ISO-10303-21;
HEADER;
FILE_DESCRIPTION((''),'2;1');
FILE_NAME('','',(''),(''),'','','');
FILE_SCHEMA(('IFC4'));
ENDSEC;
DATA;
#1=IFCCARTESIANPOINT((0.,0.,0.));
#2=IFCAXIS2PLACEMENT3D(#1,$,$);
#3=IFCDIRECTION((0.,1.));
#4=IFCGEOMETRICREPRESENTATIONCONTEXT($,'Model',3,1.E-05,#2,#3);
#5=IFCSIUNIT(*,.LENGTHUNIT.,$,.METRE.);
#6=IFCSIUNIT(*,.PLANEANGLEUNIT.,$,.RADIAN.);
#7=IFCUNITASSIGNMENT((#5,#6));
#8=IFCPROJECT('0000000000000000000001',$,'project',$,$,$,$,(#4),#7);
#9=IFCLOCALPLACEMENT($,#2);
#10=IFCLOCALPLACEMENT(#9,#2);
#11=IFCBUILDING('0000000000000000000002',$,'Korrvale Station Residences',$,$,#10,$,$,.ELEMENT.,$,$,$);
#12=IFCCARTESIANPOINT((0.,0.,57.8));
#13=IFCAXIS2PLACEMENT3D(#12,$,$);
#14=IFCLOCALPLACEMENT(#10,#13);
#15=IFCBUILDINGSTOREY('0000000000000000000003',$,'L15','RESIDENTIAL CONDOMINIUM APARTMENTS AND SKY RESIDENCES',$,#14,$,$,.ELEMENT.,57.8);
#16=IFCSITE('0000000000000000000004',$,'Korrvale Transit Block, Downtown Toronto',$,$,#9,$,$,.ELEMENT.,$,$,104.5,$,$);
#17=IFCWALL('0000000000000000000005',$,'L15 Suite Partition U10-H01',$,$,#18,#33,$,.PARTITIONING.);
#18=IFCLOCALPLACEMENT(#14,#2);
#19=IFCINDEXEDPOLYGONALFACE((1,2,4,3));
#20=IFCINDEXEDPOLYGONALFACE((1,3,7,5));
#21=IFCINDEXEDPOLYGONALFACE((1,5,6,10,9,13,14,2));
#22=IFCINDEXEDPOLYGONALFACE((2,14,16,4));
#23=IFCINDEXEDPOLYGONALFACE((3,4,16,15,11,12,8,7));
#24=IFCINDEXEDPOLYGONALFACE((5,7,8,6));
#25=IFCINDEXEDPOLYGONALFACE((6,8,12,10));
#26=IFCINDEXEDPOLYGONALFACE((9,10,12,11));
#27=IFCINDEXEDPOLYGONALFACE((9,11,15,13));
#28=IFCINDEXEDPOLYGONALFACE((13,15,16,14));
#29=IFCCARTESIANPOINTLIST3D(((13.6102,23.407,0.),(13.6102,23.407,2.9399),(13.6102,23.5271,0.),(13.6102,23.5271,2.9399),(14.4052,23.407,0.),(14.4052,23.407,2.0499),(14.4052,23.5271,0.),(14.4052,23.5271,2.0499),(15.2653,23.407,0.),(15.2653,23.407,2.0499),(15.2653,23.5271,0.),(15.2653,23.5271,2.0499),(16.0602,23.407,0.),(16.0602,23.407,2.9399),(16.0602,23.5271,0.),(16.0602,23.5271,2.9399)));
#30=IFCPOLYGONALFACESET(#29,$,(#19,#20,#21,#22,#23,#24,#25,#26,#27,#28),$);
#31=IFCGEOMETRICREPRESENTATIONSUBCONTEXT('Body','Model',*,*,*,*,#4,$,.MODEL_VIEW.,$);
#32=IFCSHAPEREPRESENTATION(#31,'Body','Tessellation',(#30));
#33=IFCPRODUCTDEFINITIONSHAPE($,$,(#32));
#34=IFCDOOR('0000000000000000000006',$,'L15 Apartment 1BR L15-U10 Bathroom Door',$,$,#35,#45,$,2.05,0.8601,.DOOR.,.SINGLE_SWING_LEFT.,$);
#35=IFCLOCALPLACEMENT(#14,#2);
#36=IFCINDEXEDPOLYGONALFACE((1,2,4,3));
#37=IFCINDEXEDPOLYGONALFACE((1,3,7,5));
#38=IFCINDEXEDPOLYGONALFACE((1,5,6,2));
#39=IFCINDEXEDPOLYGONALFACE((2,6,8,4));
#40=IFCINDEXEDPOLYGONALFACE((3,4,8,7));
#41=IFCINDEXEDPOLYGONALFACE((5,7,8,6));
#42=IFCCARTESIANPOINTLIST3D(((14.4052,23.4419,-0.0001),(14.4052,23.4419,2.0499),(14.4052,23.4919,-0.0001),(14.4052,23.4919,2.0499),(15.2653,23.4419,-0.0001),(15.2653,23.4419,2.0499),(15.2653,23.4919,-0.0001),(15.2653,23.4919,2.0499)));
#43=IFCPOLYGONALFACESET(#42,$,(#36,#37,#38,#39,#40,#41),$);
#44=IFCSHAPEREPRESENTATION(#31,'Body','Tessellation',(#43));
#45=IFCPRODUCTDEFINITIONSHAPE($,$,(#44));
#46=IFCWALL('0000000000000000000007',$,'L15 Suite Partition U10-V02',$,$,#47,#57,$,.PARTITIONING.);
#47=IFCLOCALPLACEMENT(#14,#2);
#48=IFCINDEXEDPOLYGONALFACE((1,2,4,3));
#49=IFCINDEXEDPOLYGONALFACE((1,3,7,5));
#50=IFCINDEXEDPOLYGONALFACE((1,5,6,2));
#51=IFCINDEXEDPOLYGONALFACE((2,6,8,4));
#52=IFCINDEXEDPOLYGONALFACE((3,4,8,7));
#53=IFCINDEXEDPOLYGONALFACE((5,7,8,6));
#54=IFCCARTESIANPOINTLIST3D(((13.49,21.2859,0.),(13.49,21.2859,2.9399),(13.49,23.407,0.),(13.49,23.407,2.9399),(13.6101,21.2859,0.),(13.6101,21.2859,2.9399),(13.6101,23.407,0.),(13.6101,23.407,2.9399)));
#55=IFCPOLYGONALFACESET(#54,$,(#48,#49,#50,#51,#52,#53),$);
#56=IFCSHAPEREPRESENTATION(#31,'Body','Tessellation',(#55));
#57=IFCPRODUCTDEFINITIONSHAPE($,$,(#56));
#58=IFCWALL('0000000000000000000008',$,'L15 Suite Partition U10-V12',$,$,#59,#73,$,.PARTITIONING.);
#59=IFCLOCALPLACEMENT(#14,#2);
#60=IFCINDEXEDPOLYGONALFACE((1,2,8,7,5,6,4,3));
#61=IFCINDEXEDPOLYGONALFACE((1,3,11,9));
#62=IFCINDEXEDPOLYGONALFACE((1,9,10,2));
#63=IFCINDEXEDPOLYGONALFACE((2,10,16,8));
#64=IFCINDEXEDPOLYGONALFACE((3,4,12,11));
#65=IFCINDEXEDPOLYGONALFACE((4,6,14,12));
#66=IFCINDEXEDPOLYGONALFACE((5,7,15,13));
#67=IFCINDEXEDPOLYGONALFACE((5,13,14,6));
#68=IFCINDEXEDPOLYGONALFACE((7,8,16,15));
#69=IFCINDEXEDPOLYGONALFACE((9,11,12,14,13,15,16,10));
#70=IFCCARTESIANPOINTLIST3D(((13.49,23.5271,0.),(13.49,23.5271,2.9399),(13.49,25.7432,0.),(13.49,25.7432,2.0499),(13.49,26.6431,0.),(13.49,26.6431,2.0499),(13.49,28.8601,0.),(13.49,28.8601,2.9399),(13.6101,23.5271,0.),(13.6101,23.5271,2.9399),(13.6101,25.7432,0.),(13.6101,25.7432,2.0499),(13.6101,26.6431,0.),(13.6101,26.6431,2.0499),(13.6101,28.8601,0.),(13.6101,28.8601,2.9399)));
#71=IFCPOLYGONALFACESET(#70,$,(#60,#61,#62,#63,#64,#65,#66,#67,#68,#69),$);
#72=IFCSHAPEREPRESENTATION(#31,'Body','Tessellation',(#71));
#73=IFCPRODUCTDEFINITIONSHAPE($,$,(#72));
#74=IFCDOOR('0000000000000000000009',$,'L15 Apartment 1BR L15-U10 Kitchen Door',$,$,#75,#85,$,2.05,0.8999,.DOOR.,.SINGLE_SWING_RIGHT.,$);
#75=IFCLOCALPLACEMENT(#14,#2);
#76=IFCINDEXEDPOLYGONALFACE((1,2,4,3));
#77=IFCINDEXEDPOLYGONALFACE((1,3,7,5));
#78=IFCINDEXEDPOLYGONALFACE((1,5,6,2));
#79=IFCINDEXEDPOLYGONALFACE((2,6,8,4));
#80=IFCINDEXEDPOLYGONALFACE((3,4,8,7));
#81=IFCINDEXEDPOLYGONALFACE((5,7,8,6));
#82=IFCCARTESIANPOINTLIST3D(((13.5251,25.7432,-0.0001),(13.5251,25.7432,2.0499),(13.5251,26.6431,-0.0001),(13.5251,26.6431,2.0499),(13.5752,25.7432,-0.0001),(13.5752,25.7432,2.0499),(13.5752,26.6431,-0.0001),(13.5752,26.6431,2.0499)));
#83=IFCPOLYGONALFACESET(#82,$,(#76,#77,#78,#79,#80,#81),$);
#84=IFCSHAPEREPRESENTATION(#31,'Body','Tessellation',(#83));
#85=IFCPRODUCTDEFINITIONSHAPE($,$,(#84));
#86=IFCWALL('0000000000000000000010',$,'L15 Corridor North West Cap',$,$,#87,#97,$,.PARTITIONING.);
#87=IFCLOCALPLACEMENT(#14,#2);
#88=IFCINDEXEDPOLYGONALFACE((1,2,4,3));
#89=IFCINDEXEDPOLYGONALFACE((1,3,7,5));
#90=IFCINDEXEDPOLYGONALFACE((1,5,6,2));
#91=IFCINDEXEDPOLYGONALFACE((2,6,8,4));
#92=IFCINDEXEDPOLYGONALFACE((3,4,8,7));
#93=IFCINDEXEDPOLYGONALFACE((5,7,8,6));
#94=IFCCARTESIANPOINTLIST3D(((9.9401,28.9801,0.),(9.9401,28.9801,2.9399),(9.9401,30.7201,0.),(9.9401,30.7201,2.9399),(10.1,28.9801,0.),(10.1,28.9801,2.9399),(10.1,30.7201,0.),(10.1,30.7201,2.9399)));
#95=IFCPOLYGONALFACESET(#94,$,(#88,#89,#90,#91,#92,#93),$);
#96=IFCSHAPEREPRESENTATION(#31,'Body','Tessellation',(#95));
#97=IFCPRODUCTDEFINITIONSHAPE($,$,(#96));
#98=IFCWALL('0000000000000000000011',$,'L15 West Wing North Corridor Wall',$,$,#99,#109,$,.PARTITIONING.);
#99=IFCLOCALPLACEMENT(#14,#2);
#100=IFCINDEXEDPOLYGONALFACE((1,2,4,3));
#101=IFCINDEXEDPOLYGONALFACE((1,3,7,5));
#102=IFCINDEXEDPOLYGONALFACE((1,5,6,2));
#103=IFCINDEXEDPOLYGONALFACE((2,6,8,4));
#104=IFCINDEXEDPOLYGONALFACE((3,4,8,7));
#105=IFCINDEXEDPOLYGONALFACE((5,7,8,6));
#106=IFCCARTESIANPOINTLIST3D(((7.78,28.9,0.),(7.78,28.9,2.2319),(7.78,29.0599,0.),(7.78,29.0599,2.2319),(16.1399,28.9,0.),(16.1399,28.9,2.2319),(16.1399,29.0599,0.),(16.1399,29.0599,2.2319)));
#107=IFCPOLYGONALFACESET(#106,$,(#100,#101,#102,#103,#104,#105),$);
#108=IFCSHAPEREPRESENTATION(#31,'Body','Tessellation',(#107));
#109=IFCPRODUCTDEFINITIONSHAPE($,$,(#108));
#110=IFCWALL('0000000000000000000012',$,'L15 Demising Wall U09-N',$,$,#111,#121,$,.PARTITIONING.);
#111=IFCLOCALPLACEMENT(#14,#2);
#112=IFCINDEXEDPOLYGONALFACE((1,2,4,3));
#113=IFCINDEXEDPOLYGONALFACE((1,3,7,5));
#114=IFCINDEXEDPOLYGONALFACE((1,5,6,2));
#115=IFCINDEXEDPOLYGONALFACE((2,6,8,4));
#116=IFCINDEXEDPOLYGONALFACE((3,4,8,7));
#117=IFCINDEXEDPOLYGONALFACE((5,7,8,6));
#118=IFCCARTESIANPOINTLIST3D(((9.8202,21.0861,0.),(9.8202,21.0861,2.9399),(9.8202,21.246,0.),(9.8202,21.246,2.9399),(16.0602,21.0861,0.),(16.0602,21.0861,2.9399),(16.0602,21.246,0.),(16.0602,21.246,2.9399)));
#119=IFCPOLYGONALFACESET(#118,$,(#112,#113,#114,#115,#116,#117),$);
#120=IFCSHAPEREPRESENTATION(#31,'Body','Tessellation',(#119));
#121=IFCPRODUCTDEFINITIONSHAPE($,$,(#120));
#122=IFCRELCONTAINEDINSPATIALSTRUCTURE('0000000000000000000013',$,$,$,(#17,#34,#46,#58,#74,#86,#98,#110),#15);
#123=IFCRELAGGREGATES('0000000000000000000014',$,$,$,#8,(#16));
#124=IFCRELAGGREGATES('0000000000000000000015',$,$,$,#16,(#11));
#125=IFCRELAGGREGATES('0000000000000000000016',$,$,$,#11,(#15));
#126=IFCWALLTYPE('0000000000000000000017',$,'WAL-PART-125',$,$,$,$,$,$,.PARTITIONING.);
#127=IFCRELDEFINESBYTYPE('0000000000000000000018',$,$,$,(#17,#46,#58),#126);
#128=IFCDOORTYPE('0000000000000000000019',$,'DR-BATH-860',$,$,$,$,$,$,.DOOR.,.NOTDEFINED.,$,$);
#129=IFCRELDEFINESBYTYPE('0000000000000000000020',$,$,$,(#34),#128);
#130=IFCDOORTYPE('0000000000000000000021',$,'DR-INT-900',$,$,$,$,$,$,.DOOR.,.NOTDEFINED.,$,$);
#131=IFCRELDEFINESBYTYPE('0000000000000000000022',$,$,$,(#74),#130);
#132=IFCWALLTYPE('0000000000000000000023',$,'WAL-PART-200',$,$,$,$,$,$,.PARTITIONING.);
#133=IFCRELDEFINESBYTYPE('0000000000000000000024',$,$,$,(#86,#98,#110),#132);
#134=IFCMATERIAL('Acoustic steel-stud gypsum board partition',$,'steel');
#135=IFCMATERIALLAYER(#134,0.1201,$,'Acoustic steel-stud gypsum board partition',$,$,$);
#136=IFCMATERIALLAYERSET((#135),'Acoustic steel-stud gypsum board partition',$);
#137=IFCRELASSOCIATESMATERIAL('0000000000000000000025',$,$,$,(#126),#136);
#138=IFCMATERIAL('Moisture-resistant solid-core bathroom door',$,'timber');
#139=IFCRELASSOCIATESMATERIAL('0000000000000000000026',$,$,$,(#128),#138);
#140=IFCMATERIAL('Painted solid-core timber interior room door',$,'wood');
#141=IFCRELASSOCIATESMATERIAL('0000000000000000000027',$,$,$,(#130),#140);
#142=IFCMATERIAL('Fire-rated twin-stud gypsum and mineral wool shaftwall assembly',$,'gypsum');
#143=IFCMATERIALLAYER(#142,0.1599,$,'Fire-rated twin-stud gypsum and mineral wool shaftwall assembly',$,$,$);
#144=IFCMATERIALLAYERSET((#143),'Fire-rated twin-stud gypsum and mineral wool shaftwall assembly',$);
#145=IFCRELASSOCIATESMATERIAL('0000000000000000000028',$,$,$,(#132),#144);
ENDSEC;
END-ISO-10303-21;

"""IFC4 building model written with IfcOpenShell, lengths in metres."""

from ifc_helpers import new_model, si_unit, direction, frame, frame_2d, origin, place, context, subcontext, project, spatial, rectangle, extrude, material, layer, layer_set, type_object, element, fill, save


model = new_model("IFC4")

# Units and contexts
model_context = context("Model", 3, precision=1e-05, world=origin(), true_north=direction((0.0, 1.0)))
body_context = subcontext(model_context, "Body", "Model", "MODEL_VIEW")
ifc_project = project(units=[si_unit("LENGTHUNIT", "METRE"), si_unit("PLANEANGLEUNIT", "RADIAN")], contexts=[model_context])

# Site, building, storey
site_placement = place(None, origin())
site = spatial("IfcSite", under=ifc_project, at=site_placement, Name="Korrvale Transit Block, Downtown Toronto", CompositionType="ELEMENT", RefElevation=104.5)
building_placement = place(site_placement, origin())
building = spatial("IfcBuilding", under=site, at=building_placement, Name="Korrvale Station Residences", CompositionType="ELEMENT")
storey_placement = place(building_placement, frame((0.0, 0.0, 57.8)))
storey = spatial("IfcBuildingStorey", under=building, at=storey_placement, Name="L15", Description="RESIDENTIAL CONDOMINIUM APARTMENTS AND SKY RESIDENCES", CompositionType="ELEMENT", Elevation=57.8)

# Wall, opening, door
ifc_material_1 = material(Name="Acoustic steel-stud gypsum board partition", Category="steel")
ifc_layer_1 = layer(ifc_material_1, 0.1201, Name="Acoustic steel-stud gypsum board partition")
ifc_layer_set_1 = layer_set([ifc_layer_1], Name="Acoustic steel-stud gypsum board partition")
wall_type_1 = type_object("IfcWallType", Name="WAL-PART-125", PredefinedType="PARTITIONING", material=ifc_layer_set_1)
ifc_material_2 = material(Name="Moisture-resistant solid-core bathroom door", Category="timber")
door_type_1 = type_object("IfcDoorType", Name="DR-BATH-860", OperationType="NOTDEFINED", PredefinedType="DOOR", material=ifc_material_2)
ifc_material_3 = material(Name="Painted solid-core timber interior room door", Category="wood")
door_type_2 = type_object("IfcDoorType", Name="DR-INT-900", OperationType="NOTDEFINED", PredefinedType="DOOR", material=ifc_material_3)
wall_1_placement = place(storey_placement, frame((13.6101, 23.467, 0.0), z_axis=(0.0, 0.0, 1.0), x_axis=(1.0, 0.0, 0.0)))
wall_1 = element("IfcWall", 1, at=wall_1_placement, inside=storey, type_object=wall_type_1, Name="L15 Suite Partition U10-H01", PredefinedType="PARTITIONING", context=body_context, shape_type="SweptSolid", body=[
    extrude(rectangle(XDim=2.45, YDim=0.1201, at=frame_2d((1.2251, 0.0))), origin(), (0.0, 0.0, 1.0), 2.9399),
])
opening_1_placement = place(wall_1_placement, frame((0.7949, 0.0, 0.0)))
opening_1 = element("IfcOpeningElement", 2, at=opening_1_placement, cuts=wall_1, PredefinedType="OPENING", context=body_context, shape_type="SweptSolid", body=[
    extrude(rectangle(XDim=0.8601, YDim=2.05, at=frame_2d((0.4302, 1.0249))), frame((0.0, 0.0701, 0.0), z_axis=(0.0, -1.0, 0.0), x_axis=(1.0, 0.0, 0.0)), (0.0, 0.0, 1.0), 0.1401),
])
door_1_placement = place(opening_1_placement, origin())
door_1 = element("IfcDoor", 3, at=door_1_placement, inside=storey, type_object=door_type_1, Name="L15 Apartment 1BR L15-U10 Bathroom Door", OperationType="SINGLE_SWING_LEFT", OverallHeight=2.05, OverallWidth=0.8601, PredefinedType="DOOR", context=body_context, shape_type="SweptSolid", body=[
    extrude(rectangle(XDim=0.8601, YDim=2.05, at=frame_2d((0.4302, 1.0249))), frame((0.0, 0.0249, 0.0), z_axis=(0.0, -1.0, 0.0), x_axis=(1.0, 0.0, 0.0)), (0.0, 0.0, 1.0), 0.05),
])
fill(opening_1, door_1)

# Wall
wall_2_placement = place(storey_placement, frame((13.55, 21.2859, 0.0), z_axis=(0.0, 0.0, 1.0), x_axis=(0.0, 1.0, 0.0)))
element("IfcWall", 4, at=wall_2_placement, inside=storey, type_object=wall_type_1, Name="L15 Suite Partition U10-V02", PredefinedType="PARTITIONING", context=body_context, shape_type="SweptSolid", body=[
    extrude(rectangle(XDim=2.1211, YDim=0.1201, at=frame_2d((1.0605, 0.0))), origin(), (0.0, 0.0, 1.0), 2.9399),
])

# Wall, opening, door
wall_3_placement = place(storey_placement, frame((13.55, 23.5271, 0.0), z_axis=(0.0, 0.0, 1.0), x_axis=(0.0, 1.0, 0.0)))
wall_3 = element("IfcWall", 5, at=wall_3_placement, inside=storey, type_object=wall_type_1, Name="L15 Suite Partition U10-V12", PredefinedType="PARTITIONING", context=body_context, shape_type="SweptSolid", body=[
    extrude(rectangle(XDim=5.333, YDim=0.1201, at=frame_2d((2.6665, 0.0))), origin(), (0.0, 0.0, 1.0), 2.9399),
])
opening_2_placement = place(wall_3_placement, frame((2.2161, 0.0, 0.0)))
opening_2 = element("IfcOpeningElement", 6, at=opening_2_placement, cuts=wall_3, PredefinedType="OPENING", context=body_context, shape_type="SweptSolid", body=[
    extrude(rectangle(XDim=0.8999, YDim=2.05, at=frame_2d((0.45, 1.0249))), frame((0.0, 0.0701, 0.0), z_axis=(0.0, -1.0, 0.0), x_axis=(1.0, 0.0, 0.0)), (0.0, 0.0, 1.0), 0.1401),
])
door_2_placement = place(opening_2_placement, origin())
door_2 = element("IfcDoor", 7, at=door_2_placement, inside=storey, type_object=door_type_2, Name="L15 Apartment 1BR L15-U10 Kitchen Door", OperationType="SINGLE_SWING_RIGHT", OverallHeight=2.05, OverallWidth=0.8999, PredefinedType="DOOR", context=body_context, shape_type="SweptSolid", body=[
    extrude(rectangle(XDim=0.8999, YDim=2.05, at=frame_2d((0.45, 1.0249))), frame((0.0, 0.0249, 0.0), z_axis=(0.0, -1.0, 0.0), x_axis=(1.0, 0.0, 0.0)), (0.0, 0.0, 1.0), 0.05),
])
fill(opening_2, door_2)

# Walls
ifc_material_4 = material(Name="Fire-rated twin-stud gypsum and mineral wool shaftwall assembly", Category="gypsum")
ifc_layer_2 = layer(ifc_material_4, 0.1599, Name="Fire-rated twin-stud gypsum and mineral wool shaftwall assembly")
ifc_layer_set_2 = layer_set([ifc_layer_2], Name="Fire-rated twin-stud gypsum and mineral wool shaftwall assembly")
wall_type_2 = type_object("IfcWallType", Name="WAL-PART-200", PredefinedType="PARTITIONING", material=ifc_layer_set_2)
wall_4_placement = place(storey_placement, frame((10.02, 28.98, 0.0), z_axis=(0.0, 0.0, 1.0), x_axis=(0.0, 1.0, 0.0)))
element("IfcWall", 8, at=wall_4_placement, inside=storey, type_object=wall_type_2, Name="L15 Corridor North West Cap", PredefinedType="PARTITIONING", context=body_context, shape_type="SweptSolid", body=[
    extrude(rectangle(XDim=1.74, YDim=0.1599, at=frame_2d((0.8701, 0.0))), origin(), (0.0, 0.0, 1.0), 2.9399),
])
wall_5_placement = place(storey_placement, frame((7.78, 28.98, 0.0), z_axis=(0.0, 0.0, 1.0), x_axis=(1.0, 0.0, 0.0)))
element("IfcWall", 9, at=wall_5_placement, inside=storey, type_object=wall_type_2, Name="L15 West Wing North Corridor Wall", PredefinedType="PARTITIONING", context=body_context, shape_type="SweptSolid", body=[
    extrude(rectangle(XDim=8.3599, YDim=0.1599, at=frame_2d((4.1799, 0.0))), origin(), (0.0, 0.0, 1.0), 2.2319),
])
wall_6_placement = place(storey_placement, frame((9.8201, 21.166, 0.0), z_axis=(0.0, 0.0, 1.0), x_axis=(1.0, 0.0, 0.0)))
element("IfcWall", 10, at=wall_6_placement, inside=storey, type_object=wall_type_2, Name="L15 Demising Wall U09-N", PredefinedType="PARTITIONING", context=body_context, shape_type="SweptSolid", body=[
    extrude(rectangle(XDim=6.24, YDim=0.1599, at=frame_2d((3.1201, 0.0))), origin(), (0.0, 0.0, 1.0), 2.9399),
])

save(model, "model.ifc")
